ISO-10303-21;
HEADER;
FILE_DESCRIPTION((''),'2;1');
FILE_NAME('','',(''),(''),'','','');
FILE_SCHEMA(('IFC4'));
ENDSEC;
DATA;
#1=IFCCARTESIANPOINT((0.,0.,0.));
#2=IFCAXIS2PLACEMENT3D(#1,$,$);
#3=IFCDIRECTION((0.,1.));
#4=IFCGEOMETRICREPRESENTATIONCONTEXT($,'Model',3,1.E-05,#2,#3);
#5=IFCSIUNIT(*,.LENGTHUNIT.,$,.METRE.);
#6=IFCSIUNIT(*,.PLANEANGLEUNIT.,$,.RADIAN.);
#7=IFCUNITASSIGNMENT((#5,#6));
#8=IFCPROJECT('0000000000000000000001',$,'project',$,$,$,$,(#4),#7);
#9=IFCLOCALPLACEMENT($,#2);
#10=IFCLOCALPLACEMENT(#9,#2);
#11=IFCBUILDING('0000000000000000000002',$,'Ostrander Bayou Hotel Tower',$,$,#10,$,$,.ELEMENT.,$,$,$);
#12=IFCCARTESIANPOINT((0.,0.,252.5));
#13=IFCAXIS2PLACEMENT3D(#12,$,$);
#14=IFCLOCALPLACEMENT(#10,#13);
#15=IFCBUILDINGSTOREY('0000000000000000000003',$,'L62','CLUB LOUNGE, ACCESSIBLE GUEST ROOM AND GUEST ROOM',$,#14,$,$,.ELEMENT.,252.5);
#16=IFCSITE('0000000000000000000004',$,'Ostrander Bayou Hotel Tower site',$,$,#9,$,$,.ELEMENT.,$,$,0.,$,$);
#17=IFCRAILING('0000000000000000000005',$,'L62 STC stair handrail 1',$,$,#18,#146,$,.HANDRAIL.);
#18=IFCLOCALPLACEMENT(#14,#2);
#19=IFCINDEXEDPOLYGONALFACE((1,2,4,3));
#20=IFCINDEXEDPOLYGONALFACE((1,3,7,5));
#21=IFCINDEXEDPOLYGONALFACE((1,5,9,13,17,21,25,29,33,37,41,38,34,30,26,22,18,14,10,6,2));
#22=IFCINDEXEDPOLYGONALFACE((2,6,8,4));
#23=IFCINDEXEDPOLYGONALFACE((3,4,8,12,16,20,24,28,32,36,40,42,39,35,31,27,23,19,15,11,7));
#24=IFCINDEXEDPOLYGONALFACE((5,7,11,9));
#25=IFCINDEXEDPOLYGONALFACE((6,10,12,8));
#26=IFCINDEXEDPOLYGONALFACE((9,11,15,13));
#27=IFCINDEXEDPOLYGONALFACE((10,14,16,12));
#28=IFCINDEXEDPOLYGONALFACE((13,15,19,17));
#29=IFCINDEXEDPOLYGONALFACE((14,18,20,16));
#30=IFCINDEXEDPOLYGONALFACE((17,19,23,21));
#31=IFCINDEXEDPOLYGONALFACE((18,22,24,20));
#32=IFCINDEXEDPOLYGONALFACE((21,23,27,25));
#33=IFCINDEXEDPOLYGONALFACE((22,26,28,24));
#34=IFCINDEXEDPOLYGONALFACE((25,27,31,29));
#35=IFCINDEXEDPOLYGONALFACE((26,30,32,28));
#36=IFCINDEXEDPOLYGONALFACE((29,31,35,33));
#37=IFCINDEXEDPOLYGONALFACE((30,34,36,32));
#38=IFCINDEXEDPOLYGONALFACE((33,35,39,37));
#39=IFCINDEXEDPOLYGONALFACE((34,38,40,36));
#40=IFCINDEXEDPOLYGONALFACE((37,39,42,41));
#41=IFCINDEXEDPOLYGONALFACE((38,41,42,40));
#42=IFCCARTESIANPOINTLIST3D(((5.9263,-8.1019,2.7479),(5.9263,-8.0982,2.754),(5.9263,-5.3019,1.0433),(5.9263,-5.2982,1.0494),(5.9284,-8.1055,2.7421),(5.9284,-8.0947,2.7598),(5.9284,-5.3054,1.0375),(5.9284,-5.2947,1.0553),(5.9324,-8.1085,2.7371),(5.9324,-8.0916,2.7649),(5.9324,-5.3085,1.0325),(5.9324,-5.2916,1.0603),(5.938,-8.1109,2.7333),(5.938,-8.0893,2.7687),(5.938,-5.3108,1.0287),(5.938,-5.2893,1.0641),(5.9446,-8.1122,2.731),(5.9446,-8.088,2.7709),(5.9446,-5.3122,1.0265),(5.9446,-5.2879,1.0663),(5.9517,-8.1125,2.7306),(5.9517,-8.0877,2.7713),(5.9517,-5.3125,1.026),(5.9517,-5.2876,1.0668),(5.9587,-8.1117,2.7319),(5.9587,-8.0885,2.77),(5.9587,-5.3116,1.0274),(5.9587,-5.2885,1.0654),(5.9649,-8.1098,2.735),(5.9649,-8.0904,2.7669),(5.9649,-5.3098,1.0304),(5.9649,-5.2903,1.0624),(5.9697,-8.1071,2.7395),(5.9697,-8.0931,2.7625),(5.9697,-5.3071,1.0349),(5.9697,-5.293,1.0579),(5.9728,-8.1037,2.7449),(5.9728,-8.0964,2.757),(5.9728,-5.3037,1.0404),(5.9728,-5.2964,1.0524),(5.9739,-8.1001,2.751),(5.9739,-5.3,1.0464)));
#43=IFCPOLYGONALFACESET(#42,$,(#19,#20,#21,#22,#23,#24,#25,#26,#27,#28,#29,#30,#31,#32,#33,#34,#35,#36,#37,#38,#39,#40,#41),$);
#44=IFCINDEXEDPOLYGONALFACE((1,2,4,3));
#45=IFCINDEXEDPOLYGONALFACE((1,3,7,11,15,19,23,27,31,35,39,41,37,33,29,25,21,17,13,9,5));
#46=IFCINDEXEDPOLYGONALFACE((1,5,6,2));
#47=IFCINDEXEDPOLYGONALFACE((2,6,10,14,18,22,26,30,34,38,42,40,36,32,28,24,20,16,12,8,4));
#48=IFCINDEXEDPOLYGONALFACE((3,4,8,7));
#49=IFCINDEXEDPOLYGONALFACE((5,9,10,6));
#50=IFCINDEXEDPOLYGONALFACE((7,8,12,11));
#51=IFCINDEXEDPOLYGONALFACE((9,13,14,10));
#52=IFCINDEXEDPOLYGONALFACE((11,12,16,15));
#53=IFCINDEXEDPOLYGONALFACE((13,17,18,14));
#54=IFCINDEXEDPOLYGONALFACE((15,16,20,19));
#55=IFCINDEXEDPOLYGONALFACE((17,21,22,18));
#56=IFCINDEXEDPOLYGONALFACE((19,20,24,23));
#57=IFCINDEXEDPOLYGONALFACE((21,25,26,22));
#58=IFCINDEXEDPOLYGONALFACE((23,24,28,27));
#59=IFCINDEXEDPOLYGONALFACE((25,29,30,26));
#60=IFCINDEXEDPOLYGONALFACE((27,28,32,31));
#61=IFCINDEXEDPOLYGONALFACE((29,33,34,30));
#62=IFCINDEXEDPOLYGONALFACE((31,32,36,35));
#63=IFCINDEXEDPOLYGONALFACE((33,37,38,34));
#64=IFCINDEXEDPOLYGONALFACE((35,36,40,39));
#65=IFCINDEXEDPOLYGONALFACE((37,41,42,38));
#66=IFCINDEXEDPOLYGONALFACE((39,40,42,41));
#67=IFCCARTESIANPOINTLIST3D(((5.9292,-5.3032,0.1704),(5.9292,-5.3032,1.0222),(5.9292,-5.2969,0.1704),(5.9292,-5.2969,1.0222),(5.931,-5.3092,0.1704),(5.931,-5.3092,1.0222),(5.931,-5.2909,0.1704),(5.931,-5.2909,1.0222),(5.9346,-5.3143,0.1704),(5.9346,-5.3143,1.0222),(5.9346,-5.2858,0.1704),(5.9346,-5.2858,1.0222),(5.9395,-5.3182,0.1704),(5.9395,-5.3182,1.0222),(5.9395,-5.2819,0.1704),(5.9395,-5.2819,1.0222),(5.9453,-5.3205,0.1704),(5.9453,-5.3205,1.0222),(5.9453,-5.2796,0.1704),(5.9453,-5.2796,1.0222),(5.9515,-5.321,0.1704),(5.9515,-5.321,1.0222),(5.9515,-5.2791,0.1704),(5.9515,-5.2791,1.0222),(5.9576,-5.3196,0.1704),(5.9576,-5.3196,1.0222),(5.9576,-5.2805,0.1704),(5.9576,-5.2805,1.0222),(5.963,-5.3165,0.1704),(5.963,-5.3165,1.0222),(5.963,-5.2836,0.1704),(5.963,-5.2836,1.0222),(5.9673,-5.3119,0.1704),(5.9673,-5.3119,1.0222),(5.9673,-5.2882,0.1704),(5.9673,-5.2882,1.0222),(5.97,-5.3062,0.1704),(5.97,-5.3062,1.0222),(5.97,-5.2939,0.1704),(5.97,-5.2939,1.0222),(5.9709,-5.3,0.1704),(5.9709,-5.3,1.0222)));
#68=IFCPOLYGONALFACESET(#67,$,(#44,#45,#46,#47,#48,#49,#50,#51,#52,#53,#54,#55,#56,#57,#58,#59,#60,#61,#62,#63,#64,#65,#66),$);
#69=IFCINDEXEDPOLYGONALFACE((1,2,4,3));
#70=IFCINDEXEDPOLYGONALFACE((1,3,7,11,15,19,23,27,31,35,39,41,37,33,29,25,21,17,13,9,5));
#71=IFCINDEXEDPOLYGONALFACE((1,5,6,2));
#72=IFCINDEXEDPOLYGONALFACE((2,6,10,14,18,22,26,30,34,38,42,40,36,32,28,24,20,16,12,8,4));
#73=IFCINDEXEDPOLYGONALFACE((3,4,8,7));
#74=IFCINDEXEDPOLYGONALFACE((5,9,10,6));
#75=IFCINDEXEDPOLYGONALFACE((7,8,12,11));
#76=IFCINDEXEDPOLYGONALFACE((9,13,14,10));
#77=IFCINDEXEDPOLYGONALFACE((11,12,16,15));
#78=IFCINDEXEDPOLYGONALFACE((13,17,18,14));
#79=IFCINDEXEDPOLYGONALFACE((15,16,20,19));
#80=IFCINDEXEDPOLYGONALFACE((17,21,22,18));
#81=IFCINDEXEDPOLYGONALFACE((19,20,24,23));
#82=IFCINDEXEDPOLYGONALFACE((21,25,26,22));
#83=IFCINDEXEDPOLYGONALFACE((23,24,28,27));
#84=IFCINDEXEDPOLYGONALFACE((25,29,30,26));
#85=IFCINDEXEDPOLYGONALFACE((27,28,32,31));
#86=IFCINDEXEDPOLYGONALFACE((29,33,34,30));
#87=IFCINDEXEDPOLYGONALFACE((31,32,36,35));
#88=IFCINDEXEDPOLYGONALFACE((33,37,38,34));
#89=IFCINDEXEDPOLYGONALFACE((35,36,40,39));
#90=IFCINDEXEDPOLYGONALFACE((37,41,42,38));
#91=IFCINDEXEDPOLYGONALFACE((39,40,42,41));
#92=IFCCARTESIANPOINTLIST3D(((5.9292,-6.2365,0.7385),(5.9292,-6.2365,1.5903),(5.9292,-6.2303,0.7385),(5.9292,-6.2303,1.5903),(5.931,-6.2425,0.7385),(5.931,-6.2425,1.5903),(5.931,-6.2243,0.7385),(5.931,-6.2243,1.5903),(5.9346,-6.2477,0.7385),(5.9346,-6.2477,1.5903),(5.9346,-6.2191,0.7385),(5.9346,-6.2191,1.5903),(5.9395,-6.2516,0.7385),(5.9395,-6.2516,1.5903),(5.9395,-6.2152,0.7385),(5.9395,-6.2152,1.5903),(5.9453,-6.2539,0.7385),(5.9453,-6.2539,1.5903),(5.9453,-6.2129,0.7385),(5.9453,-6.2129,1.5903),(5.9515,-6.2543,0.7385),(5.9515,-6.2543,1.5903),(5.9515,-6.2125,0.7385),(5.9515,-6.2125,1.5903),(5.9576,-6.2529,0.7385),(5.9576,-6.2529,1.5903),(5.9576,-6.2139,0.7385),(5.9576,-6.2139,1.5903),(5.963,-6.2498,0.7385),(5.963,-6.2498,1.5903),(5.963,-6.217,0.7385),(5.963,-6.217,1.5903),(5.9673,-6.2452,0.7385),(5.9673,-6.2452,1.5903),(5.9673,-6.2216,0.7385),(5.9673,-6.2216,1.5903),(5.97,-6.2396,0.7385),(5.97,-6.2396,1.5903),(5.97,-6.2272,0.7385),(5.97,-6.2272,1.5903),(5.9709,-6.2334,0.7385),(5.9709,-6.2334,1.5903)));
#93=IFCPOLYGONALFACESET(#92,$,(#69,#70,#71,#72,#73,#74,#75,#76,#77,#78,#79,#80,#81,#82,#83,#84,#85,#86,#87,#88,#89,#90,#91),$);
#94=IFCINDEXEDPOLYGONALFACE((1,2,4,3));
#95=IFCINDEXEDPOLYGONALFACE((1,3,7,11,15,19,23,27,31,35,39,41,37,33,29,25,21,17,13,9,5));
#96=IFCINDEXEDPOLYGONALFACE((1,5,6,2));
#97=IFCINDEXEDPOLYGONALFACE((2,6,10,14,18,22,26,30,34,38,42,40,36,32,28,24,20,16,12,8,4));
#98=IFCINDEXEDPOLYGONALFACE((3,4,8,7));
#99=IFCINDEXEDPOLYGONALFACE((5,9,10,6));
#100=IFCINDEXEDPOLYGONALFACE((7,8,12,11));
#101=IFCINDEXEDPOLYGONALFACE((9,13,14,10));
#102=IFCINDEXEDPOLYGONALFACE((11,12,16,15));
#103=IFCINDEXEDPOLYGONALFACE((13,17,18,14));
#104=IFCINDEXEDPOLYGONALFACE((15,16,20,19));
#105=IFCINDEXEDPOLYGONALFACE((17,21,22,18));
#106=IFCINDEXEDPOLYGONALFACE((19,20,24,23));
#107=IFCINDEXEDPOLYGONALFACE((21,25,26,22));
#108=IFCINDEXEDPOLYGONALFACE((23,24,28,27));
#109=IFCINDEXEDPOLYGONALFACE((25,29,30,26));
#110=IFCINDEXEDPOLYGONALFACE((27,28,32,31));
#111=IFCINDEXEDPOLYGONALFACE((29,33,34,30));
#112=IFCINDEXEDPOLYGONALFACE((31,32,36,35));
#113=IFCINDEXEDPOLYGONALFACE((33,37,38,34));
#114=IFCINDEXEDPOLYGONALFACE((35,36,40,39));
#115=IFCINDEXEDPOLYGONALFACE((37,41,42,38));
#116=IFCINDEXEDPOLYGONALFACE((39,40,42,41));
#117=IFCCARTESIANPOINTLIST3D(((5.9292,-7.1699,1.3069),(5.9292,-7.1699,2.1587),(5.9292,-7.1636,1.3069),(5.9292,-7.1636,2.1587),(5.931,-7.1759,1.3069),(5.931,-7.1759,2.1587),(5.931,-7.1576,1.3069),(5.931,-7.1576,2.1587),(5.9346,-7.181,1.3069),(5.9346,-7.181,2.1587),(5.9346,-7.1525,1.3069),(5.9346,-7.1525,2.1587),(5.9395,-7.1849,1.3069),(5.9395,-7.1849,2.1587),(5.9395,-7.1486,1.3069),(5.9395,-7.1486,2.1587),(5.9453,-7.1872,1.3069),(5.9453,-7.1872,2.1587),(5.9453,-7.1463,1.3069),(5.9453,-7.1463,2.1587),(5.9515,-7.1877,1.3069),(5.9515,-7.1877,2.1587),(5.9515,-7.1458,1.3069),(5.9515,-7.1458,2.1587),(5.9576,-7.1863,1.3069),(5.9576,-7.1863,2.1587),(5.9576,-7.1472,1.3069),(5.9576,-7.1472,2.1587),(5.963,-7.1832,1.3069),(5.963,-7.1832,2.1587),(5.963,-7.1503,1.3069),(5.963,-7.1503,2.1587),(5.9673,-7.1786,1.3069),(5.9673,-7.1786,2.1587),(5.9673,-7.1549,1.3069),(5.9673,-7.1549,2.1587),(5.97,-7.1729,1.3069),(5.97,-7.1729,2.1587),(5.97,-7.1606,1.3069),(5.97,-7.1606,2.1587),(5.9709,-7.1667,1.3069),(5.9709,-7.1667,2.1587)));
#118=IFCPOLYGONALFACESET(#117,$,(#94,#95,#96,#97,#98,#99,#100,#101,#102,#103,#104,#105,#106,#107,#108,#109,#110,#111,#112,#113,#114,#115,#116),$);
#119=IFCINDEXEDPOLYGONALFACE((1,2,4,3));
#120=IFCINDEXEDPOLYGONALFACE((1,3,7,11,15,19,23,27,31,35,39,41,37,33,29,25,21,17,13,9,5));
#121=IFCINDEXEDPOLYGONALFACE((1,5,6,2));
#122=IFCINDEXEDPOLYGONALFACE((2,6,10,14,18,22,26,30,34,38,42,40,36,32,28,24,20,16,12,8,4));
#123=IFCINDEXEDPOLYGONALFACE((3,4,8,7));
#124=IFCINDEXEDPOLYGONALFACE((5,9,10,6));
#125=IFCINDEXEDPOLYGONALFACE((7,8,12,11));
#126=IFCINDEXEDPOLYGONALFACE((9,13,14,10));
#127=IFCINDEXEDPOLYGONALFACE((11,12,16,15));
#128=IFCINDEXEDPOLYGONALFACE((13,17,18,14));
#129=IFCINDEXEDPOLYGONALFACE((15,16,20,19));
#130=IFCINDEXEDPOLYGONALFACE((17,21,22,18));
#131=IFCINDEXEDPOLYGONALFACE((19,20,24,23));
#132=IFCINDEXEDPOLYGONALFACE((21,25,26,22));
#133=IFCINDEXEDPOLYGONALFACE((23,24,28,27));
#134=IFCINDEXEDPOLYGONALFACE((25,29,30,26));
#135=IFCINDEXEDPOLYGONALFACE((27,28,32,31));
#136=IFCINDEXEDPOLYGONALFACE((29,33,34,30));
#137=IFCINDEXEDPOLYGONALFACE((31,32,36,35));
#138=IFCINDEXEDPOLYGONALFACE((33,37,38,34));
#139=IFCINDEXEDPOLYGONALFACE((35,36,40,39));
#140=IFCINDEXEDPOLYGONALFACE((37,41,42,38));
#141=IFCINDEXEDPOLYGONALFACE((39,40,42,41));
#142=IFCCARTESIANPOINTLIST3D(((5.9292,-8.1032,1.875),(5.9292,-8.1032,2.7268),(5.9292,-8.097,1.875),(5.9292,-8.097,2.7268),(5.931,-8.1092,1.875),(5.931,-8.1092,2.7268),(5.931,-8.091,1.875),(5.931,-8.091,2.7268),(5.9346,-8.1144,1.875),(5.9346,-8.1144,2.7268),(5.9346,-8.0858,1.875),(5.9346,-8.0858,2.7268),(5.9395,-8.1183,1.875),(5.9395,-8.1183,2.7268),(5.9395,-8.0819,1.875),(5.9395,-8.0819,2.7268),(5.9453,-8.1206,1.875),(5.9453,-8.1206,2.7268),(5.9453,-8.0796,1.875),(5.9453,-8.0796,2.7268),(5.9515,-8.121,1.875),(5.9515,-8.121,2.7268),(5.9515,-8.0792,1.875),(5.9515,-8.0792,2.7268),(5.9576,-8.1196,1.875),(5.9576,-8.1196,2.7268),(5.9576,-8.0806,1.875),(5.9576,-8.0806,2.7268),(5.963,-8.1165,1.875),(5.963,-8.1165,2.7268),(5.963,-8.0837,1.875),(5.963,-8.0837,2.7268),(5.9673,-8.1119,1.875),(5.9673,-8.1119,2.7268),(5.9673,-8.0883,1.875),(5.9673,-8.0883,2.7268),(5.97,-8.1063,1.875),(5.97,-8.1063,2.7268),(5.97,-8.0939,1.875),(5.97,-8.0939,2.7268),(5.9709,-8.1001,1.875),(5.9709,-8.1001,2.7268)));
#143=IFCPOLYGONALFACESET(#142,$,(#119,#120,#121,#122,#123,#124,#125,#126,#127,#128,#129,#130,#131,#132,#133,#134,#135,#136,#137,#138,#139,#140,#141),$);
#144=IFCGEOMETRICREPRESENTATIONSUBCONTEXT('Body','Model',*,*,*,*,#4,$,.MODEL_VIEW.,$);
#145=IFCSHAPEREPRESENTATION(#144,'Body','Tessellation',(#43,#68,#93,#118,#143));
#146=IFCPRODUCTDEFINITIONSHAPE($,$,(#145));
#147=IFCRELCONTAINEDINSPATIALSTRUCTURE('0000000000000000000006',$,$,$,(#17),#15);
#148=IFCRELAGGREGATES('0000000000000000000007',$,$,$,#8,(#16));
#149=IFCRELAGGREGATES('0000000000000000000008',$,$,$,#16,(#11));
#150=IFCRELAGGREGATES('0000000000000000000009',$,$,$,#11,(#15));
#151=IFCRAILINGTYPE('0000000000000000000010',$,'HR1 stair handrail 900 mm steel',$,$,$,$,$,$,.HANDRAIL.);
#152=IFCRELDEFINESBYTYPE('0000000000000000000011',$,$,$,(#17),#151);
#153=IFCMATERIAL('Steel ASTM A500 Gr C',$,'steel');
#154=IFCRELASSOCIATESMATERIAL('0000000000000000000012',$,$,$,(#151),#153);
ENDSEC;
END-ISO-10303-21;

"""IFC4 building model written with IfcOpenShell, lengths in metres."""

from ifc_helpers import new_model, si_unit, direction, frame, origin, origin_2d, place, context, subcontext, project, spatial, circle, extrude, material, type_object, element, save


model = new_model("IFC4")

# Units and contexts
model_context = context("Model", 3, precision=1e-05, world=origin(), true_north=direction((0.0, 1.0)))
body_context = subcontext(model_context, "Body", "Model", "MODEL_VIEW")
ifc_project = project(units=[si_unit("LENGTHUNIT", "METRE"), si_unit("PLANEANGLEUNIT", "RADIAN")], contexts=[model_context])

# Site, building, storey
site_placement = place(None, origin())
site = spatial("IfcSite", under=ifc_project, at=site_placement, Name="Ostrander Bayou Hotel Tower site", CompositionType="ELEMENT", RefElevation=0.0)
building_placement = place(site_placement, origin())
building = spatial("IfcBuilding", under=site, at=building_placement, Name="Ostrander Bayou Hotel Tower", CompositionType="ELEMENT")
storey_placement = place(building_placement, frame((0.0, 0.0, 252.5)))
storey = spatial("IfcBuildingStorey", under=building, at=storey_placement, Name="L62", Description="CLUB LOUNGE, ACCESSIBLE GUEST ROOM AND GUEST ROOM", CompositionType="ELEMENT", Elevation=252.5)

# Railing
ifc_material_1 = material(Name="Steel ASTM A500 Gr C", Category="steel")
railing_type_1 = type_object("IfcRailingType", Name="HR1 stair handrail 900 mm steel", PredefinedType="HANDRAIL", material=ifc_material_1)
railing_1_placement = place(storey_placement, frame((5.95, -5.3, 0.1704)))
element("IfcRailing", 1, at=railing_1_placement, inside=storey, type_object=railing_type_1, Name="L62 STC stair handrail 1", PredefinedType="HANDRAIL", context=body_context, shape_type="SweptSolid", body=[
    extrude(circle(Radius=0.0239, at=origin_2d()), frame((0.0, 0.0, 0.876), z_axis=(0.0, -0.85417, 0.519994), x_axis=(1.0, 0.0, 0.0)), (0.0, 0.0, 1.0), 3.2781),
    extrude(circle(Radius=0.021, at=origin_2d()), origin(), (0.0, 0.0, 1.0), 0.8518),
    extrude(circle(Radius=0.021, at=origin_2d()), frame((0.0, -0.9333, 0.5681)), (0.0, 0.0, 1.0), 0.8518),
    extrude(circle(Radius=0.021, at=origin_2d()), frame((0.0, -1.8667, 1.1365)), (0.0, 0.0, 1.0), 0.8518),
    extrude(circle(Radius=0.021, at=origin_2d()), frame((0.0, -2.8, 1.7046)), (0.0, 0.0, 1.0), 0.8518),
])

save(model, "model.ifc")
